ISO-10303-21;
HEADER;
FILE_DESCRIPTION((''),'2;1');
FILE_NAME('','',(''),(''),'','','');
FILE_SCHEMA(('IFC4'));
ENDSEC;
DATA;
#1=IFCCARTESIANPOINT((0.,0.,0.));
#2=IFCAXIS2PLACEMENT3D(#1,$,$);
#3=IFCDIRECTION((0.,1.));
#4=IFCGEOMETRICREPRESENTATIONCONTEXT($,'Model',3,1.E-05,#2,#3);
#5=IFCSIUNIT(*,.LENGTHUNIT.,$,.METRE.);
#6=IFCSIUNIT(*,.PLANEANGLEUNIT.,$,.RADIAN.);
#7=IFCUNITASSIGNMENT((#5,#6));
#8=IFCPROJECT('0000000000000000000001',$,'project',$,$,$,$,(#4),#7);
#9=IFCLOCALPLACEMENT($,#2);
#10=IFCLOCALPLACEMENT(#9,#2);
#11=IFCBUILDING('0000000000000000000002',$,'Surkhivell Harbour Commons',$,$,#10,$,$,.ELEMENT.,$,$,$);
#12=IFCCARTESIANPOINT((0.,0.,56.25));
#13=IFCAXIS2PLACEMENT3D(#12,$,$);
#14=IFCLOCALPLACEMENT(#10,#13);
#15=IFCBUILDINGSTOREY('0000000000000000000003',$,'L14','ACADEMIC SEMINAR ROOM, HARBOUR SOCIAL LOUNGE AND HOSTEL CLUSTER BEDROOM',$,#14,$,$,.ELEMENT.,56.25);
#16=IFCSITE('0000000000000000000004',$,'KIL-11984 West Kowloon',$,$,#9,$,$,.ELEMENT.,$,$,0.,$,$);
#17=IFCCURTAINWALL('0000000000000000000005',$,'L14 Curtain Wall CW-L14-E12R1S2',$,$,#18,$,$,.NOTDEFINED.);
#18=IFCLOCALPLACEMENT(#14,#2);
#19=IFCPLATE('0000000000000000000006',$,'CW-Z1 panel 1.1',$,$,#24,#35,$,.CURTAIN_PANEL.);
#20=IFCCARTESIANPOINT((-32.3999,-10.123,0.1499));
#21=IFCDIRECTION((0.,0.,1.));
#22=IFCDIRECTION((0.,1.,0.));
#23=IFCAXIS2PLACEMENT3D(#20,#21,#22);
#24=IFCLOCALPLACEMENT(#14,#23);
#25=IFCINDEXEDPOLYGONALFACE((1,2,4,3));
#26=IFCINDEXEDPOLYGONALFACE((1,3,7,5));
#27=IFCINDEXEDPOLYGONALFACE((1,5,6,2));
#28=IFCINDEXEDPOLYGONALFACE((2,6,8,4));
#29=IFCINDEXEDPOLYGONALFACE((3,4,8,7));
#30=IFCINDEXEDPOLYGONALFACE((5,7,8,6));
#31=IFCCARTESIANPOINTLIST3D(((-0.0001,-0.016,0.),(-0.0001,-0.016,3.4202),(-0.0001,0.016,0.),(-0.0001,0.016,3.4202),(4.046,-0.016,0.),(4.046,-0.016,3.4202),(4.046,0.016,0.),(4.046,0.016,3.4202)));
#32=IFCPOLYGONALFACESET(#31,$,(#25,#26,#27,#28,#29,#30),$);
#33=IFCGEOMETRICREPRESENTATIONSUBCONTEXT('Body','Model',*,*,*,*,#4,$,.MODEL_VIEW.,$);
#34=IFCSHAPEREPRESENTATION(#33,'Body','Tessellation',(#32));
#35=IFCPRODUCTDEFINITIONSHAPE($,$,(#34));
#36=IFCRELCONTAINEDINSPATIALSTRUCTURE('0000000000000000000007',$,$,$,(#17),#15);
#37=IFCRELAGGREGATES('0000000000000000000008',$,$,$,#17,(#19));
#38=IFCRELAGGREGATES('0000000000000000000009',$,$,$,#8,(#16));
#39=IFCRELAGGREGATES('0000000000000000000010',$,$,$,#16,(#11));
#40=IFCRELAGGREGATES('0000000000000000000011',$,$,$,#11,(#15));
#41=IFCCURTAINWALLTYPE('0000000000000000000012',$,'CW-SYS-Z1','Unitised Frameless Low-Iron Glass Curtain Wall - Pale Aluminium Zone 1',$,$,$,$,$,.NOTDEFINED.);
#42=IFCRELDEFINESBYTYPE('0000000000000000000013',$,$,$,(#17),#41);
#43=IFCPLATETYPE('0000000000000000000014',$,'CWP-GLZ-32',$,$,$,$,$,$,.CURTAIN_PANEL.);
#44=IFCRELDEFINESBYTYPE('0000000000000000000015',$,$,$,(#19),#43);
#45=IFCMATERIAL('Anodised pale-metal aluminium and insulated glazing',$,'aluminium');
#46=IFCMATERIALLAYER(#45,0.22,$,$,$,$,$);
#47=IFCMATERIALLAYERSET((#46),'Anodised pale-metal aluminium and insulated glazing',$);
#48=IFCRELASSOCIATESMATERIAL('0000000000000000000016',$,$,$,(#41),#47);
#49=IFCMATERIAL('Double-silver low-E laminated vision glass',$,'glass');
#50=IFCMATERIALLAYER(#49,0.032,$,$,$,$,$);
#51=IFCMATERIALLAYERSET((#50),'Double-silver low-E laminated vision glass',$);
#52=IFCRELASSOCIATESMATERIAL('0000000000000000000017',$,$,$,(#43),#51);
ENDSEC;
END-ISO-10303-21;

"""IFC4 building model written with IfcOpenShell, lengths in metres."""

from ifc_helpers import new_model, si_unit, direction, frame, frame_2d, origin, place, context, subcontext, project, spatial, rectangle, extrude, material, layer, layer_set, type_object, element, aggregate, save


model = new_model("IFC4")

# Units and contexts
model_context = context("Model", 3, precision=1e-05, world=origin(), true_north=direction((0.0, 1.0)))
body_context = subcontext(model_context, "Body", "Model", "MODEL_VIEW")
ifc_project = project(units=[si_unit("LENGTHUNIT", "METRE"), si_unit("PLANEANGLEUNIT", "RADIAN")], contexts=[model_context])

# Site, building, storey
site_placement = place(None, origin())
site = spatial("IfcSite", under=ifc_project, at=site_placement, Name="KIL-11984 West Kowloon", CompositionType="ELEMENT", RefElevation=0.0)
building_placement = place(site_placement, origin())
building = spatial("IfcBuilding", under=site, at=building_placement, Name="Surkhivell Harbour Commons", CompositionType="ELEMENT")
storey_placement = place(building_placement, frame((0.0, 0.0, 56.25)))
storey = spatial("IfcBuildingStorey", under=building, at=storey_placement, Name="L14", Description="ACADEMIC SEMINAR ROOM, HARBOUR SOCIAL LOUNGE AND HOSTEL CLUSTER BEDROOM", CompositionType="ELEMENT", Elevation=56.25)

# Curtain wall
ifc_material_1 = material(Name="Anodised pale-metal aluminium and insulated glazing", Category="aluminium")
ifc_layer_1 = layer(ifc_material_1, 0.22)
ifc_layer_set_1 = layer_set([ifc_layer_1], Name="Anodised pale-metal aluminium and insulated glazing")
curtain_wall_type = type_object("IfcCurtainWallType", Name="CW-SYS-Z1", Description="Unitised Frameless Low-Iron Glass Curtain Wall - Pale Aluminium Zone 1", PredefinedType="NOTDEFINED", material=ifc_layer_set_1)
curtain_wall_placement = place(storey_placement, origin())
curtain_wall = element("IfcCurtainWall", 1, at=curtain_wall_placement, inside=storey, type_object=curtain_wall_type, Name="L14 Curtain Wall CW-L14-E12R1S2", PredefinedType="NOTDEFINED")

# Plate
ifc_material_2 = material(Name="Double-silver low-E laminated vision glass", Category="glass")
ifc_layer_2 = layer(ifc_material_2, 0.032)
ifc_layer_set_2 = layer_set([ifc_layer_2], Name="Double-silver low-E laminated vision glass")
plate_type_1 = type_object("IfcPlateType", Name="CWP-GLZ-32", PredefinedType="CURTAIN_PANEL", material=ifc_layer_set_2)
plate_placement = place(storey_placement, frame((-32.3999, -10.123, 0.1499), z_axis=(0.0, 0.0, 1.0), x_axis=(0.0, 1.0, 0.0)))
plate = element("IfcPlate", 2, at=plate_placement, type_object=plate_type_1, Name="CW-Z1 panel 1.1", PredefinedType="CURTAIN_PANEL", context=body_context, shape_type="SweptSolid", body=[
    extrude(rectangle(XDim=4.0461, YDim=0.032, at=frame_2d((2.0229, 0.0))), origin(), (0.0, 0.0, 1.0), 3.4202),
])
aggregate(curtain_wall, [plate])

save(model, "model.ifc")
